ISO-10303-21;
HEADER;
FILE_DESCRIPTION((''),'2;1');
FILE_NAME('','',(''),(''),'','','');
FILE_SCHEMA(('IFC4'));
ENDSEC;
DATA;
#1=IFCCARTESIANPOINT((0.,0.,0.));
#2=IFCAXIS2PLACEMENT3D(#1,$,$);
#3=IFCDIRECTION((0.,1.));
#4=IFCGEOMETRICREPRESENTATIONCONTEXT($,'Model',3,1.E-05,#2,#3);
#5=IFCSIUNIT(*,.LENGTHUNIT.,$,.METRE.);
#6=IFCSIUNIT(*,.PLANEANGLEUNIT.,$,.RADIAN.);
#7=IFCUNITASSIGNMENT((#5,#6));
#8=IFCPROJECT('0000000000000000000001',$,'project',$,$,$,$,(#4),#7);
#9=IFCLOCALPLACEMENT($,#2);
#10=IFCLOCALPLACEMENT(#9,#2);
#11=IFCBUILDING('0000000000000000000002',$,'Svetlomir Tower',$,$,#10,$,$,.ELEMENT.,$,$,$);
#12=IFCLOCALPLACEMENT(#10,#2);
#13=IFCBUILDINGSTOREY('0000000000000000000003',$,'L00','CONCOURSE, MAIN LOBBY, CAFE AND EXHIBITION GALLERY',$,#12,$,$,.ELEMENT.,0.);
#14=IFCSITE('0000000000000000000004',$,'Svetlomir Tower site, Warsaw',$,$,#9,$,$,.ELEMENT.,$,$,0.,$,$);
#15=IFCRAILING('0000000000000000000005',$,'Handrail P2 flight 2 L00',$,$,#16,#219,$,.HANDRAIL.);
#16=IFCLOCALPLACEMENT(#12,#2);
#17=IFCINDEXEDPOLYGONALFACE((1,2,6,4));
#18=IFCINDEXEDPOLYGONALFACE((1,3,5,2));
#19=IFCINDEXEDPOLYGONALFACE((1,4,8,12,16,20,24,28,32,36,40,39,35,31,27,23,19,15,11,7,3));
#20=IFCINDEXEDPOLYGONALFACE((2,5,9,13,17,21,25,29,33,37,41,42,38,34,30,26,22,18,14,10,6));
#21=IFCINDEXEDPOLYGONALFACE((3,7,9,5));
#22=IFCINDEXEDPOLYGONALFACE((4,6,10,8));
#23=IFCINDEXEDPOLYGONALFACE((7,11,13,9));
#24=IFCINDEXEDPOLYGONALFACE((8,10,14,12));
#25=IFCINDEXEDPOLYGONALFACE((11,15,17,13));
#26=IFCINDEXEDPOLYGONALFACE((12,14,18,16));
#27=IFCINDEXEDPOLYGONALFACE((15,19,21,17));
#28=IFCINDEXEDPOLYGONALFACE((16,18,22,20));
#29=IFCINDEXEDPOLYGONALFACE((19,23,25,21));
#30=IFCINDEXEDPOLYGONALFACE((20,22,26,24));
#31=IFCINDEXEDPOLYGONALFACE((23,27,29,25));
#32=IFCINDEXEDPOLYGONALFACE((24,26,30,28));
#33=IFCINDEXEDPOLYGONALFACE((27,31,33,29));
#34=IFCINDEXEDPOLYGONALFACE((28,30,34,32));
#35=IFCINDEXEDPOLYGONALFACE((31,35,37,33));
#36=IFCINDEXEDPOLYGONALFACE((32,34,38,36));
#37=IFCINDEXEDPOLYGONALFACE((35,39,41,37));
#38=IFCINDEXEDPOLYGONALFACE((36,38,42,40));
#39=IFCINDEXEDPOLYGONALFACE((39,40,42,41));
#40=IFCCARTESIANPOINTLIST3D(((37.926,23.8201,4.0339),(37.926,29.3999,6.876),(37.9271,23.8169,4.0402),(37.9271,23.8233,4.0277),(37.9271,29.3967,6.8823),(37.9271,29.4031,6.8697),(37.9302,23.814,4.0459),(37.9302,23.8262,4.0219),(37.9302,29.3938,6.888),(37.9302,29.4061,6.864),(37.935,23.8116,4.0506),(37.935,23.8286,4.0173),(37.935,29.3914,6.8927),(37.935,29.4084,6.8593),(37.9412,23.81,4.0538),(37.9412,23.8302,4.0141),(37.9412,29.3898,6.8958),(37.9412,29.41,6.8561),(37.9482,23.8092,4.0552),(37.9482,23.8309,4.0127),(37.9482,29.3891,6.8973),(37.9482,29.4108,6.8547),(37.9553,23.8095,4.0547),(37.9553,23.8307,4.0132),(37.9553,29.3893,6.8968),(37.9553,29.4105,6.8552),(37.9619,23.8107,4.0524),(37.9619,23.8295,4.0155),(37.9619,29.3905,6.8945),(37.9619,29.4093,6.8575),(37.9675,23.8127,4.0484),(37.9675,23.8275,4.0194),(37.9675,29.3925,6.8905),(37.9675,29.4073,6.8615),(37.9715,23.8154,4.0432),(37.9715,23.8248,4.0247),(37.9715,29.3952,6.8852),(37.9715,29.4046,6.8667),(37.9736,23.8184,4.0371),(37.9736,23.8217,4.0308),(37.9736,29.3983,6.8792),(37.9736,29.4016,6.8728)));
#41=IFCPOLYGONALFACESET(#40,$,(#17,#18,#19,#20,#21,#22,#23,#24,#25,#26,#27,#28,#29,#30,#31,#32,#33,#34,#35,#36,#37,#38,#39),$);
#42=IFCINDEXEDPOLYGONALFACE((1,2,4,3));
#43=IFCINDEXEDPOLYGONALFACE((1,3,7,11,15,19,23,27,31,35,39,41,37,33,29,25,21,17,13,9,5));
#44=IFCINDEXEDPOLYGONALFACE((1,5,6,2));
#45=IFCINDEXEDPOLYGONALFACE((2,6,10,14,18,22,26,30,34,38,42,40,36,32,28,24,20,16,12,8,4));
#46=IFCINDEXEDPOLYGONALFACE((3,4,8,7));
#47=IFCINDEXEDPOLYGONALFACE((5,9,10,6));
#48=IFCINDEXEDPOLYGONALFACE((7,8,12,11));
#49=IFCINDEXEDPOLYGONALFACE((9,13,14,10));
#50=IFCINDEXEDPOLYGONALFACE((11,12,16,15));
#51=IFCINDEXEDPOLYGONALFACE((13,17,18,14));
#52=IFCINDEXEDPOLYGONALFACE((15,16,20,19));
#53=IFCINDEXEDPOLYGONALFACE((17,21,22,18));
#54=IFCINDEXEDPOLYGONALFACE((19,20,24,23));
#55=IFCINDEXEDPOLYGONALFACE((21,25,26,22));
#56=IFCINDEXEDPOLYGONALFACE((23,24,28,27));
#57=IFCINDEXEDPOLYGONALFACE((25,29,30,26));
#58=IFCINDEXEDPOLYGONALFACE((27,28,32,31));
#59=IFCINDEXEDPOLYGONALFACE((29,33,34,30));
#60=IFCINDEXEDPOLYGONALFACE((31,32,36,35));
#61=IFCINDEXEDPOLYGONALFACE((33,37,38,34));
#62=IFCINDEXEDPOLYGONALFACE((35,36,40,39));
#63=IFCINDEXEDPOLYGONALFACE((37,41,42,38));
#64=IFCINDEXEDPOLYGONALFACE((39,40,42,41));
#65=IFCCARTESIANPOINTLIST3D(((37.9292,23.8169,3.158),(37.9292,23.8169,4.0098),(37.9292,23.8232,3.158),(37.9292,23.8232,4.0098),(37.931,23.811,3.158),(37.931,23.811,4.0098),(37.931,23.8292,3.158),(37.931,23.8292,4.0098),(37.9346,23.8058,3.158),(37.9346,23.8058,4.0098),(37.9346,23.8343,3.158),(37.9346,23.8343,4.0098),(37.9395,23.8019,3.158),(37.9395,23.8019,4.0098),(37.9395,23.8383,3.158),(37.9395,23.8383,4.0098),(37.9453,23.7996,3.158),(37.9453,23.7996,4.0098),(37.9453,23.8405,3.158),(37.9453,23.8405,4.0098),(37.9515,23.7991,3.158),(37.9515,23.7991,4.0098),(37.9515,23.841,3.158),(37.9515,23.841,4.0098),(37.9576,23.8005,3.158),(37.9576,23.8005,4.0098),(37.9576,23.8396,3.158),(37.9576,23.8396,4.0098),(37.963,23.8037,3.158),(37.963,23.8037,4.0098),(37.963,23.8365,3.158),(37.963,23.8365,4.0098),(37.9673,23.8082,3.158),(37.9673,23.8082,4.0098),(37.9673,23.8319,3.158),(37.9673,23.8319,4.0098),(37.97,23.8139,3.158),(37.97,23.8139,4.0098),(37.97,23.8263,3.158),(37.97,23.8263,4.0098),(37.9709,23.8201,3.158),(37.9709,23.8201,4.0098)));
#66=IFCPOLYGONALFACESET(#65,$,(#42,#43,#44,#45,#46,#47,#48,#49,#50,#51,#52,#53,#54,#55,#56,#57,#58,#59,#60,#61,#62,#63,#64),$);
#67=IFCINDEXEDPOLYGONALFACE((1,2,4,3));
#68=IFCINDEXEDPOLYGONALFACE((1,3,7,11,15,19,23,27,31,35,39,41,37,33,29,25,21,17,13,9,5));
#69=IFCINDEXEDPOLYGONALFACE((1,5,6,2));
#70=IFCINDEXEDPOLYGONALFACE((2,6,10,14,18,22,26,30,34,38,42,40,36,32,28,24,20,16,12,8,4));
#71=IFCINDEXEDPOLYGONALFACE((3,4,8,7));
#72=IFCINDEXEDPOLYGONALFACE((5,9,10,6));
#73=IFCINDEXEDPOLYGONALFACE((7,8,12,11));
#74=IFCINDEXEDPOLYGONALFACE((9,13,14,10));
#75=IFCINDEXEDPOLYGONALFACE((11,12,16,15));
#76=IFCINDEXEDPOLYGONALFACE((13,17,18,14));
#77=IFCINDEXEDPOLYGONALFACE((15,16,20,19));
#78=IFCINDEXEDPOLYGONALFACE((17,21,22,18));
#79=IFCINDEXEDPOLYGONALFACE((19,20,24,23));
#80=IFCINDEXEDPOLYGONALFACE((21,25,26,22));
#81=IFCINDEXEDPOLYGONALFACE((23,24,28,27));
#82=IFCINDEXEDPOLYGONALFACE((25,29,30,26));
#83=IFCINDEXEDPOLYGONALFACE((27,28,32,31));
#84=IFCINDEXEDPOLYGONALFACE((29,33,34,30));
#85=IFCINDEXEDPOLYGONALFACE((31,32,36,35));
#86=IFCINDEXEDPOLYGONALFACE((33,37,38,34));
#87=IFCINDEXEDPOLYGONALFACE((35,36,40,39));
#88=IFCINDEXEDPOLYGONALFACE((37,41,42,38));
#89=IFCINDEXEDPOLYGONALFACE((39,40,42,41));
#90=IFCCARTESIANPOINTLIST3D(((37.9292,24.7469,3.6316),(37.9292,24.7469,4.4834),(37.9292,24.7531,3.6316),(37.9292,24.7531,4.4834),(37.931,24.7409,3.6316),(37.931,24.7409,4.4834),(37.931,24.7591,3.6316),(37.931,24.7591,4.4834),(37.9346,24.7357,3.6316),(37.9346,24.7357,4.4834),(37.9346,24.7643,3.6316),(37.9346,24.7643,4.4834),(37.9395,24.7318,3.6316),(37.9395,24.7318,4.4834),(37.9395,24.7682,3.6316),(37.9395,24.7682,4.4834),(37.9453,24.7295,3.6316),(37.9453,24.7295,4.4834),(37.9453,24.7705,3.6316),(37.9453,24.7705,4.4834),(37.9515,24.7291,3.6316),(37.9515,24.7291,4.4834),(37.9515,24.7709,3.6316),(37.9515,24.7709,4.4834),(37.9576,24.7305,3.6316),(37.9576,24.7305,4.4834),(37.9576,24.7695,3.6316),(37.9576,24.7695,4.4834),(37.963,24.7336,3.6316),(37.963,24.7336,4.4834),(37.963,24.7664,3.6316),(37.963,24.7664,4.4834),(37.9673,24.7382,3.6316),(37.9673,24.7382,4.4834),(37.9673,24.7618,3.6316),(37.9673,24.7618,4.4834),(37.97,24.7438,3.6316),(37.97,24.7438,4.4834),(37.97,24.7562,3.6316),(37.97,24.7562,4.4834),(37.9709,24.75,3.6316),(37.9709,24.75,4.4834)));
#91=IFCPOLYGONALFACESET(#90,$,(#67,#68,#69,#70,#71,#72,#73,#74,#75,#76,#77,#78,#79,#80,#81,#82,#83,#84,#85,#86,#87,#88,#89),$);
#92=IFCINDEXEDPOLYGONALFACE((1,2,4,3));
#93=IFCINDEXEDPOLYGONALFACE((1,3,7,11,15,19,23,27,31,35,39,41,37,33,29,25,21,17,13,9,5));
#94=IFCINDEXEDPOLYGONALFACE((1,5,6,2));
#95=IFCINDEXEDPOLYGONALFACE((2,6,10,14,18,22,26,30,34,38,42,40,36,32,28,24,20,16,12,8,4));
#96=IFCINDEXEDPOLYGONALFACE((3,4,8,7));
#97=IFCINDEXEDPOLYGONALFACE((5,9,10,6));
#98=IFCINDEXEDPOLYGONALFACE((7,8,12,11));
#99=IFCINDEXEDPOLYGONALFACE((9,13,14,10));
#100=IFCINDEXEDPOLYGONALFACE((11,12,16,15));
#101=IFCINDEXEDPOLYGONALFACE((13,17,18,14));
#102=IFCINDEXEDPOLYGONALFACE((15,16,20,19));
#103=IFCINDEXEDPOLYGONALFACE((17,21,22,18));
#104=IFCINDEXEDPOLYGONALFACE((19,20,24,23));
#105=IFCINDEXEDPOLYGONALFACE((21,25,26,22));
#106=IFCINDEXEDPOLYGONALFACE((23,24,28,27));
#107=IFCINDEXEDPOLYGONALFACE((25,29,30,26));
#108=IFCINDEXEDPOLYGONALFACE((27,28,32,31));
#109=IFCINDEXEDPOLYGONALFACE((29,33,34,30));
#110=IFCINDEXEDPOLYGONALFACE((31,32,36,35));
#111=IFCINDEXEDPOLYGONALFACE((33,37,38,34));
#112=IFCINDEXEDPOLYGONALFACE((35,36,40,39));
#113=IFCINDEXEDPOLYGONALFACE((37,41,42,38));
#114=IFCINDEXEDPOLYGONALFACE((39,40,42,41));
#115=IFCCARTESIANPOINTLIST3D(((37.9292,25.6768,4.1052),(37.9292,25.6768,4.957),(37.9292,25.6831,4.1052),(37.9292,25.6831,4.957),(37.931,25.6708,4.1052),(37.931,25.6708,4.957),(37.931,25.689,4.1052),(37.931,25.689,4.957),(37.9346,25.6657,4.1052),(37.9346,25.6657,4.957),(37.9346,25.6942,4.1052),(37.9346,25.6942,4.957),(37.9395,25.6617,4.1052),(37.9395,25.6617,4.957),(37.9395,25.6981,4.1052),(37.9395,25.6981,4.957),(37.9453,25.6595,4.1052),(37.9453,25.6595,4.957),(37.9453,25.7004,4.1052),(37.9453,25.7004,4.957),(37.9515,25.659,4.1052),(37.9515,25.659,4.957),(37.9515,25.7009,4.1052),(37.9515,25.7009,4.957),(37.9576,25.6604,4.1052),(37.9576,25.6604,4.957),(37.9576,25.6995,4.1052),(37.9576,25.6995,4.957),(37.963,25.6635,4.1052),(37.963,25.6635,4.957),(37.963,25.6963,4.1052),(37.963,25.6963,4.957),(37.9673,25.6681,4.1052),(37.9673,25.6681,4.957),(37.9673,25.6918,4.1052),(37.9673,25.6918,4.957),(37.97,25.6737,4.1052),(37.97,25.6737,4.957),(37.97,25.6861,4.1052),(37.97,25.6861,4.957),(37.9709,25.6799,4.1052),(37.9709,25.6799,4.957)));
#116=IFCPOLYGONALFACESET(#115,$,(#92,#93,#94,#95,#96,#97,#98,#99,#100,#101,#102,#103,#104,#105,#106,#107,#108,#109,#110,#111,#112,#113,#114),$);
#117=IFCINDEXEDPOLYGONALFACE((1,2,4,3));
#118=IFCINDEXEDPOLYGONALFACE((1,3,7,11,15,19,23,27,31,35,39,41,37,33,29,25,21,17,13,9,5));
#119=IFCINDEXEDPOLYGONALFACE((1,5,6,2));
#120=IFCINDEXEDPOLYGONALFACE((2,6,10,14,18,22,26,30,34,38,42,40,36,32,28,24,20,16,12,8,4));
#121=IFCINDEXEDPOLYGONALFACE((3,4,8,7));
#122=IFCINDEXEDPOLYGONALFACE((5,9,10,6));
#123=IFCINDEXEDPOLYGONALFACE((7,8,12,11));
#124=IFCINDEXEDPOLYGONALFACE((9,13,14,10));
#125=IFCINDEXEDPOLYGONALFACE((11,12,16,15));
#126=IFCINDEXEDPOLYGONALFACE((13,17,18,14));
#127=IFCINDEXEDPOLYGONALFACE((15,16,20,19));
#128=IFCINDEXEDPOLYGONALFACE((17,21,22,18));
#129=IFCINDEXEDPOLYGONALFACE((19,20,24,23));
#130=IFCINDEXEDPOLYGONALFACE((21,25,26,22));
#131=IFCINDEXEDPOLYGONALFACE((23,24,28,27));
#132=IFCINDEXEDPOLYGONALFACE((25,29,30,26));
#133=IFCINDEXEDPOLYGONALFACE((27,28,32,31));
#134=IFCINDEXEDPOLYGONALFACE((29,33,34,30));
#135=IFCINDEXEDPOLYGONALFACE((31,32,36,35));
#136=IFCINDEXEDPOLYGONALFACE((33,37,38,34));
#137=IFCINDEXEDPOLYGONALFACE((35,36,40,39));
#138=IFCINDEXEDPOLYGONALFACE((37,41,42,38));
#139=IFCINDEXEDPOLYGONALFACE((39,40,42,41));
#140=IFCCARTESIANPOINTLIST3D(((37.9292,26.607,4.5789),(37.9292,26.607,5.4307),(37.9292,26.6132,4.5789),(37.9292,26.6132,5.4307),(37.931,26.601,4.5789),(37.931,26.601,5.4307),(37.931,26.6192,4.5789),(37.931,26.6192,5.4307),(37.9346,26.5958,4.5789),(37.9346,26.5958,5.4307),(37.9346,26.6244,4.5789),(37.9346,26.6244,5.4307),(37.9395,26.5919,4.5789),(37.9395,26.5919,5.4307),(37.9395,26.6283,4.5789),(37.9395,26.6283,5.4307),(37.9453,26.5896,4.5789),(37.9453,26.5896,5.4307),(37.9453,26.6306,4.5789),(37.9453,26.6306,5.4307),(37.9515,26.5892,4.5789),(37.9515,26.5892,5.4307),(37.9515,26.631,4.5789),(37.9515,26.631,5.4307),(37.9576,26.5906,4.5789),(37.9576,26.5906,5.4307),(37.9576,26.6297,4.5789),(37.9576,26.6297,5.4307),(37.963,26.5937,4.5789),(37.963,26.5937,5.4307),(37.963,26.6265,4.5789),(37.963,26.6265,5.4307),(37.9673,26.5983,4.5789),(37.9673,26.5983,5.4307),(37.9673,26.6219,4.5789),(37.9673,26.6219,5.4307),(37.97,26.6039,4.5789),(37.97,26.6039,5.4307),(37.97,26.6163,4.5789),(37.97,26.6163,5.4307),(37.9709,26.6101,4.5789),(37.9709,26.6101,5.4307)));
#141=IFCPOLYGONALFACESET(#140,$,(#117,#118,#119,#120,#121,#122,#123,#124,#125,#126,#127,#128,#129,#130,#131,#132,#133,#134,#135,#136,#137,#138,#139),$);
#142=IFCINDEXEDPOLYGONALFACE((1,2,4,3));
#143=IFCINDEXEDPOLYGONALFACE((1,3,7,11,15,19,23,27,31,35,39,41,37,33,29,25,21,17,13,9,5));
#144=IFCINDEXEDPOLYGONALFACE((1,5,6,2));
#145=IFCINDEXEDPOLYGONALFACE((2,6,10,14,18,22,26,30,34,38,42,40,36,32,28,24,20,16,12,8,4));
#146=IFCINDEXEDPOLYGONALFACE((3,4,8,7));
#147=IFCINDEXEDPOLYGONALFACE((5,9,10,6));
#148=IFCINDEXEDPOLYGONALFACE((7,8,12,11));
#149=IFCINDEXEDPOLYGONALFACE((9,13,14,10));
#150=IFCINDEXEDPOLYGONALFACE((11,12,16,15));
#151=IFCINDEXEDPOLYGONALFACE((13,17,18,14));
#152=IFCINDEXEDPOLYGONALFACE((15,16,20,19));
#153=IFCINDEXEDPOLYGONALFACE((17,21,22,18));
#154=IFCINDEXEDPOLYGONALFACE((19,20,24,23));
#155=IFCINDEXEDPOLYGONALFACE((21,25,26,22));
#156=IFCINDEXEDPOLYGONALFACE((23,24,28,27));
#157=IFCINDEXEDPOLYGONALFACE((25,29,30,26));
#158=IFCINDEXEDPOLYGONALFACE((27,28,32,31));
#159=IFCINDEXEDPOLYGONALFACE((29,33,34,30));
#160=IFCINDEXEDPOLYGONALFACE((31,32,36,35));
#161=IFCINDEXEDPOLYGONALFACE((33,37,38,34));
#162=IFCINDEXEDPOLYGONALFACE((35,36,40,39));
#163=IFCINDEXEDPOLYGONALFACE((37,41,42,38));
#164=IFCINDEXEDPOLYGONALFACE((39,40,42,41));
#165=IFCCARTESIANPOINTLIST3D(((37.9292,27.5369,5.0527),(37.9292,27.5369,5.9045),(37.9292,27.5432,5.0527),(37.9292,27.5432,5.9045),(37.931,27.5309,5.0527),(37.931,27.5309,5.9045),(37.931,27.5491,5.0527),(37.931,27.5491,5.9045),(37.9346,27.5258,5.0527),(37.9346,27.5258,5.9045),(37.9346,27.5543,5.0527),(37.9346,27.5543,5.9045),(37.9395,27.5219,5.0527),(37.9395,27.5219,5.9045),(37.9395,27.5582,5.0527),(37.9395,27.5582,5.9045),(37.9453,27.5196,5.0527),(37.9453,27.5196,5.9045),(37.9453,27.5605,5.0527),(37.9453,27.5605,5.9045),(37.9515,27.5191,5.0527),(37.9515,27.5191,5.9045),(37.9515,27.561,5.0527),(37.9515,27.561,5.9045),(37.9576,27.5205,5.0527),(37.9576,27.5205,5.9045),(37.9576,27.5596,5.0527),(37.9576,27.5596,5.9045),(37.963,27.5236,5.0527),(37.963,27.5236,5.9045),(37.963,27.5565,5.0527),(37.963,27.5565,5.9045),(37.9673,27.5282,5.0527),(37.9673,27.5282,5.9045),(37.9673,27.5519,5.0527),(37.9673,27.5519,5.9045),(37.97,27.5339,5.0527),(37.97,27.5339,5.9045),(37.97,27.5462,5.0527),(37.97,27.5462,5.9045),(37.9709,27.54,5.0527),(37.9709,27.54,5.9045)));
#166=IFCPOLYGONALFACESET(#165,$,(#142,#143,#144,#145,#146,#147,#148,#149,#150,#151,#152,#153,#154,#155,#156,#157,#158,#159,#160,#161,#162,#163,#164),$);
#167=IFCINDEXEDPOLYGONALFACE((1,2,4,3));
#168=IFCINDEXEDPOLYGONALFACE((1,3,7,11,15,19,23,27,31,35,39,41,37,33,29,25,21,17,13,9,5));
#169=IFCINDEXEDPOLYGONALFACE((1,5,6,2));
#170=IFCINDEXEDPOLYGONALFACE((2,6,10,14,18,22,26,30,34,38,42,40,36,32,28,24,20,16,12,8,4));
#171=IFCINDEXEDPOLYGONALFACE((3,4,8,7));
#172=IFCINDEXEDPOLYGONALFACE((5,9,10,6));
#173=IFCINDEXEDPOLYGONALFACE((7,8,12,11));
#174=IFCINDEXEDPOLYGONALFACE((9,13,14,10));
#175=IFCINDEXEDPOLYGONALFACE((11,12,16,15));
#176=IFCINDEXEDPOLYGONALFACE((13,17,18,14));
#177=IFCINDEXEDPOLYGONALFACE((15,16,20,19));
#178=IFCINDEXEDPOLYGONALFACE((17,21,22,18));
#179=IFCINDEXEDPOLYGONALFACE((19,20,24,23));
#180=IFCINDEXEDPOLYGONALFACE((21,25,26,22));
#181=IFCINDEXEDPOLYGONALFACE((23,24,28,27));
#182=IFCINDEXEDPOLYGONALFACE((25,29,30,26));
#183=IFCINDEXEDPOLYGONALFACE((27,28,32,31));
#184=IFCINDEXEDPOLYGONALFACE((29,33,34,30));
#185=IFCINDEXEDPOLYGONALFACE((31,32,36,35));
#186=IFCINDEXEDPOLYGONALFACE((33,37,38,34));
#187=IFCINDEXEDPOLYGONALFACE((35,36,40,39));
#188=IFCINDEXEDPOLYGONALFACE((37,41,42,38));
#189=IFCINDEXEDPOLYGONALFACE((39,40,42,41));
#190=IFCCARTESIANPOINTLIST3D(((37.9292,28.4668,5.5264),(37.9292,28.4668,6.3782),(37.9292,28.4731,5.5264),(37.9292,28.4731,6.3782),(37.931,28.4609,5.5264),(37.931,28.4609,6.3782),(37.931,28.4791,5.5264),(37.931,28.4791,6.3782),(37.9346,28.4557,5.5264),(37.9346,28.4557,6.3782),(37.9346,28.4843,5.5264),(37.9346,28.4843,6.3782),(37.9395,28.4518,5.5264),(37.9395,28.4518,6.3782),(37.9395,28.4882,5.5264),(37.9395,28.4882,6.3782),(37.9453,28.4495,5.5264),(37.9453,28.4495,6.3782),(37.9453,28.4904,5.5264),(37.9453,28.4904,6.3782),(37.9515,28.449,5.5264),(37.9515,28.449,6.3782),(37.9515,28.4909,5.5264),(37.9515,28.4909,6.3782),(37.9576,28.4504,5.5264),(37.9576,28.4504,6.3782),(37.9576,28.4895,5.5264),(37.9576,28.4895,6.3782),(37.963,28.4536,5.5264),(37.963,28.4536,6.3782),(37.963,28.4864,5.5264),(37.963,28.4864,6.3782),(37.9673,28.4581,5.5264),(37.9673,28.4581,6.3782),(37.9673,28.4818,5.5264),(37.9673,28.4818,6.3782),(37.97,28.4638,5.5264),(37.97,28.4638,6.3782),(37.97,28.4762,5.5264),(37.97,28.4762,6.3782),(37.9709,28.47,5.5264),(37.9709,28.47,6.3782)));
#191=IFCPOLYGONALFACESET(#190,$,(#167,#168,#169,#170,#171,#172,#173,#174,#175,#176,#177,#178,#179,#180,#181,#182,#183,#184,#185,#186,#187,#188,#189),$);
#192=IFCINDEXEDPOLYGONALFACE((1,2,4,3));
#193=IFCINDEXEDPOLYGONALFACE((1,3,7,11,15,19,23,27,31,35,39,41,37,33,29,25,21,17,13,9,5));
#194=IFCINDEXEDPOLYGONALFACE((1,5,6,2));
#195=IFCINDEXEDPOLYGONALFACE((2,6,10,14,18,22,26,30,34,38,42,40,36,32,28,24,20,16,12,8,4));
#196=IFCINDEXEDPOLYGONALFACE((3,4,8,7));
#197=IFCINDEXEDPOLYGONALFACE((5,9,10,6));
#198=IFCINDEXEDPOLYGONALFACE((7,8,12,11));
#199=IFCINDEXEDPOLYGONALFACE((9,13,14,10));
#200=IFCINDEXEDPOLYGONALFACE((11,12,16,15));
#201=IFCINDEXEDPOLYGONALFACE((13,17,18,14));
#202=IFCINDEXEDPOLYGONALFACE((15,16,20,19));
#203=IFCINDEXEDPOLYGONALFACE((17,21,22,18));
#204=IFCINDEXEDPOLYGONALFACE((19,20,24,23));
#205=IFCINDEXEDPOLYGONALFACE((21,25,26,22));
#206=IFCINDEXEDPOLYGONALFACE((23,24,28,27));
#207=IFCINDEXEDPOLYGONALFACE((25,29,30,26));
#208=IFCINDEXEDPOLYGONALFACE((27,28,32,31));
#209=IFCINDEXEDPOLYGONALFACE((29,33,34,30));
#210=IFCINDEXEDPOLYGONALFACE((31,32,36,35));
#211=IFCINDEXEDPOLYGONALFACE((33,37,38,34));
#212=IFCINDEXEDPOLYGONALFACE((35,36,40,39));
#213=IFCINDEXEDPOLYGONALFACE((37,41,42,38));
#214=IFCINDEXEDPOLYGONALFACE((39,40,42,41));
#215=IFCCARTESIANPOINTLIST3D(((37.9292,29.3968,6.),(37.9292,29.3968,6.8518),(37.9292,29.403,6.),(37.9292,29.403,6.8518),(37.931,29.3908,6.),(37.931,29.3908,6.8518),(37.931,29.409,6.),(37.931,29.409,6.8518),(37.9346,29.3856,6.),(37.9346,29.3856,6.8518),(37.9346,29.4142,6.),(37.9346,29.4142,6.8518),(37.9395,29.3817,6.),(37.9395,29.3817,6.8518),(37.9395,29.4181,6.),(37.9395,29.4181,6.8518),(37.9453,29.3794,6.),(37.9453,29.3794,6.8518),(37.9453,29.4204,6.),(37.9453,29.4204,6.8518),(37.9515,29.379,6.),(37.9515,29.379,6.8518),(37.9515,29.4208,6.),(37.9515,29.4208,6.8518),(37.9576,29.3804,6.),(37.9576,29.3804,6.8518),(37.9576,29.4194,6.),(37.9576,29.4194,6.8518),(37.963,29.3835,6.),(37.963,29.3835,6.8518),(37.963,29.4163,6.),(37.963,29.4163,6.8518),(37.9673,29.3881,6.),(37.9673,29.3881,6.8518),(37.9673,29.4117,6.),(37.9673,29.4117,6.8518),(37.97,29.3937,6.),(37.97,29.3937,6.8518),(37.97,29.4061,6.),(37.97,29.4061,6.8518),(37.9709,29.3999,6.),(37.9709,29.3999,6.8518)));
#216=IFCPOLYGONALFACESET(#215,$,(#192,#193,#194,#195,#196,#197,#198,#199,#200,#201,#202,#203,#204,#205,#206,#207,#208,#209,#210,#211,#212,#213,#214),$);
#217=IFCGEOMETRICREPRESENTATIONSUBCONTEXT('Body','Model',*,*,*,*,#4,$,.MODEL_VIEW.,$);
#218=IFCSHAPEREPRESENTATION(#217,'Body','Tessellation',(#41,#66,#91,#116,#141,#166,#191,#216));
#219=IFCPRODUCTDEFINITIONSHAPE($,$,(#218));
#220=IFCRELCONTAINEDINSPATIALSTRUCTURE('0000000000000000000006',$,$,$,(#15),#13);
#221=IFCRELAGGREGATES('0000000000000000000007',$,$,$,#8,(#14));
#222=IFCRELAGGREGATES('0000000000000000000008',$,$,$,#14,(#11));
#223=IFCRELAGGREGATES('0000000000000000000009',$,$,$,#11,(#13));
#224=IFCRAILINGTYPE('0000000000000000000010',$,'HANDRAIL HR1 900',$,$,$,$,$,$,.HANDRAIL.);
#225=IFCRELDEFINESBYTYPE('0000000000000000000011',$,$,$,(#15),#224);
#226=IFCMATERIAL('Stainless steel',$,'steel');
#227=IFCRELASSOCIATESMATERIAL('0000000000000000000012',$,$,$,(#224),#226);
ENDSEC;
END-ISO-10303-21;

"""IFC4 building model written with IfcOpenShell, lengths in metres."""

from ifc_helpers import new_model, si_unit, direction, frame, origin, origin_2d, place, context, subcontext, project, spatial, circle, extrude, material, type_object, element, save


model = new_model("IFC4")

# Units and contexts
model_context = context("Model", 3, precision=1e-05, world=origin(), true_north=direction((0.0, 1.0)))
body_context = subcontext(model_context, "Body", "Model", "MODEL_VIEW")
ifc_project = project(units=[si_unit("LENGTHUNIT", "METRE"), si_unit("PLANEANGLEUNIT", "RADIAN")], contexts=[model_context])

# Site, building, storey
site_placement = place(None, origin())
site = spatial("IfcSite", under=ifc_project, at=site_placement, Name="Svetlomir Tower site, Warsaw", CompositionType="ELEMENT", RefElevation=0.0)
building_placement = place(site_placement, origin())
building = spatial("IfcBuilding", under=site, at=building_placement, Name="Svetlomir Tower", CompositionType="ELEMENT")
storey_placement = place(building_placement, origin())
storey = spatial("IfcBuildingStorey", under=building, at=storey_placement, Name="L00", Description="CONCOURSE, MAIN LOBBY, CAFE AND EXHIBITION GALLERY", CompositionType="ELEMENT", Elevation=0.0)

# Railing
ifc_material_1 = material(Name="Stainless steel", Category="steel")
railing_type = type_object("IfcRailingType", Name="HANDRAIL HR1 900", PredefinedType="HANDRAIL", material=ifc_material_1)
railing_1_placement = place(storey_placement, frame((37.95, 23.8201, 3.158)))
element("IfcRailing", 1, at=railing_1_placement, inside=storey, type_object=railing_type, Name="Handrail P2 flight 2 L00", PredefinedType="HANDRAIL", context=body_context, shape_type="SweptSolid", body=[
    extrude(circle(Radius=0.0239, at=origin_2d()), frame((0.0, 0.0, 0.876), z_axis=(0.0, 0.891073, 0.45386), x_axis=(-1.0, 0.0, 0.0)), (0.0, 0.0, 1.0), 6.262),
    extrude(circle(Radius=0.021, at=origin_2d()), origin(), (0.0, 0.0, 1.0), 0.8518),
    extrude(circle(Radius=0.021, at=origin_2d()), frame((0.0, 0.9299, 0.4736)), (0.0, 0.0, 1.0), 0.8518),
    extrude(circle(Radius=0.021, at=origin_2d()), frame((0.0, 1.8599, 0.9473)), (0.0, 0.0, 1.0), 0.8518),
    extrude(circle(Radius=0.021, at=origin_2d()), frame((0.0, 2.79, 1.4209)), (0.0, 0.0, 1.0), 0.8518),
    extrude(circle(Radius=0.021, at=origin_2d()), frame((0.0, 3.72, 1.8948)), (0.0, 0.0, 1.0), 0.8518),
    extrude(circle(Radius=0.021, at=origin_2d()), frame((0.0, 4.6499, 2.3684)), (0.0, 0.0, 1.0), 0.8518),
    extrude(circle(Radius=0.021, at=origin_2d()), frame((0.0, 5.5798, 2.842)), (0.0, 0.0, 1.0), 0.8518),
])

save(model, "model.ifc")
